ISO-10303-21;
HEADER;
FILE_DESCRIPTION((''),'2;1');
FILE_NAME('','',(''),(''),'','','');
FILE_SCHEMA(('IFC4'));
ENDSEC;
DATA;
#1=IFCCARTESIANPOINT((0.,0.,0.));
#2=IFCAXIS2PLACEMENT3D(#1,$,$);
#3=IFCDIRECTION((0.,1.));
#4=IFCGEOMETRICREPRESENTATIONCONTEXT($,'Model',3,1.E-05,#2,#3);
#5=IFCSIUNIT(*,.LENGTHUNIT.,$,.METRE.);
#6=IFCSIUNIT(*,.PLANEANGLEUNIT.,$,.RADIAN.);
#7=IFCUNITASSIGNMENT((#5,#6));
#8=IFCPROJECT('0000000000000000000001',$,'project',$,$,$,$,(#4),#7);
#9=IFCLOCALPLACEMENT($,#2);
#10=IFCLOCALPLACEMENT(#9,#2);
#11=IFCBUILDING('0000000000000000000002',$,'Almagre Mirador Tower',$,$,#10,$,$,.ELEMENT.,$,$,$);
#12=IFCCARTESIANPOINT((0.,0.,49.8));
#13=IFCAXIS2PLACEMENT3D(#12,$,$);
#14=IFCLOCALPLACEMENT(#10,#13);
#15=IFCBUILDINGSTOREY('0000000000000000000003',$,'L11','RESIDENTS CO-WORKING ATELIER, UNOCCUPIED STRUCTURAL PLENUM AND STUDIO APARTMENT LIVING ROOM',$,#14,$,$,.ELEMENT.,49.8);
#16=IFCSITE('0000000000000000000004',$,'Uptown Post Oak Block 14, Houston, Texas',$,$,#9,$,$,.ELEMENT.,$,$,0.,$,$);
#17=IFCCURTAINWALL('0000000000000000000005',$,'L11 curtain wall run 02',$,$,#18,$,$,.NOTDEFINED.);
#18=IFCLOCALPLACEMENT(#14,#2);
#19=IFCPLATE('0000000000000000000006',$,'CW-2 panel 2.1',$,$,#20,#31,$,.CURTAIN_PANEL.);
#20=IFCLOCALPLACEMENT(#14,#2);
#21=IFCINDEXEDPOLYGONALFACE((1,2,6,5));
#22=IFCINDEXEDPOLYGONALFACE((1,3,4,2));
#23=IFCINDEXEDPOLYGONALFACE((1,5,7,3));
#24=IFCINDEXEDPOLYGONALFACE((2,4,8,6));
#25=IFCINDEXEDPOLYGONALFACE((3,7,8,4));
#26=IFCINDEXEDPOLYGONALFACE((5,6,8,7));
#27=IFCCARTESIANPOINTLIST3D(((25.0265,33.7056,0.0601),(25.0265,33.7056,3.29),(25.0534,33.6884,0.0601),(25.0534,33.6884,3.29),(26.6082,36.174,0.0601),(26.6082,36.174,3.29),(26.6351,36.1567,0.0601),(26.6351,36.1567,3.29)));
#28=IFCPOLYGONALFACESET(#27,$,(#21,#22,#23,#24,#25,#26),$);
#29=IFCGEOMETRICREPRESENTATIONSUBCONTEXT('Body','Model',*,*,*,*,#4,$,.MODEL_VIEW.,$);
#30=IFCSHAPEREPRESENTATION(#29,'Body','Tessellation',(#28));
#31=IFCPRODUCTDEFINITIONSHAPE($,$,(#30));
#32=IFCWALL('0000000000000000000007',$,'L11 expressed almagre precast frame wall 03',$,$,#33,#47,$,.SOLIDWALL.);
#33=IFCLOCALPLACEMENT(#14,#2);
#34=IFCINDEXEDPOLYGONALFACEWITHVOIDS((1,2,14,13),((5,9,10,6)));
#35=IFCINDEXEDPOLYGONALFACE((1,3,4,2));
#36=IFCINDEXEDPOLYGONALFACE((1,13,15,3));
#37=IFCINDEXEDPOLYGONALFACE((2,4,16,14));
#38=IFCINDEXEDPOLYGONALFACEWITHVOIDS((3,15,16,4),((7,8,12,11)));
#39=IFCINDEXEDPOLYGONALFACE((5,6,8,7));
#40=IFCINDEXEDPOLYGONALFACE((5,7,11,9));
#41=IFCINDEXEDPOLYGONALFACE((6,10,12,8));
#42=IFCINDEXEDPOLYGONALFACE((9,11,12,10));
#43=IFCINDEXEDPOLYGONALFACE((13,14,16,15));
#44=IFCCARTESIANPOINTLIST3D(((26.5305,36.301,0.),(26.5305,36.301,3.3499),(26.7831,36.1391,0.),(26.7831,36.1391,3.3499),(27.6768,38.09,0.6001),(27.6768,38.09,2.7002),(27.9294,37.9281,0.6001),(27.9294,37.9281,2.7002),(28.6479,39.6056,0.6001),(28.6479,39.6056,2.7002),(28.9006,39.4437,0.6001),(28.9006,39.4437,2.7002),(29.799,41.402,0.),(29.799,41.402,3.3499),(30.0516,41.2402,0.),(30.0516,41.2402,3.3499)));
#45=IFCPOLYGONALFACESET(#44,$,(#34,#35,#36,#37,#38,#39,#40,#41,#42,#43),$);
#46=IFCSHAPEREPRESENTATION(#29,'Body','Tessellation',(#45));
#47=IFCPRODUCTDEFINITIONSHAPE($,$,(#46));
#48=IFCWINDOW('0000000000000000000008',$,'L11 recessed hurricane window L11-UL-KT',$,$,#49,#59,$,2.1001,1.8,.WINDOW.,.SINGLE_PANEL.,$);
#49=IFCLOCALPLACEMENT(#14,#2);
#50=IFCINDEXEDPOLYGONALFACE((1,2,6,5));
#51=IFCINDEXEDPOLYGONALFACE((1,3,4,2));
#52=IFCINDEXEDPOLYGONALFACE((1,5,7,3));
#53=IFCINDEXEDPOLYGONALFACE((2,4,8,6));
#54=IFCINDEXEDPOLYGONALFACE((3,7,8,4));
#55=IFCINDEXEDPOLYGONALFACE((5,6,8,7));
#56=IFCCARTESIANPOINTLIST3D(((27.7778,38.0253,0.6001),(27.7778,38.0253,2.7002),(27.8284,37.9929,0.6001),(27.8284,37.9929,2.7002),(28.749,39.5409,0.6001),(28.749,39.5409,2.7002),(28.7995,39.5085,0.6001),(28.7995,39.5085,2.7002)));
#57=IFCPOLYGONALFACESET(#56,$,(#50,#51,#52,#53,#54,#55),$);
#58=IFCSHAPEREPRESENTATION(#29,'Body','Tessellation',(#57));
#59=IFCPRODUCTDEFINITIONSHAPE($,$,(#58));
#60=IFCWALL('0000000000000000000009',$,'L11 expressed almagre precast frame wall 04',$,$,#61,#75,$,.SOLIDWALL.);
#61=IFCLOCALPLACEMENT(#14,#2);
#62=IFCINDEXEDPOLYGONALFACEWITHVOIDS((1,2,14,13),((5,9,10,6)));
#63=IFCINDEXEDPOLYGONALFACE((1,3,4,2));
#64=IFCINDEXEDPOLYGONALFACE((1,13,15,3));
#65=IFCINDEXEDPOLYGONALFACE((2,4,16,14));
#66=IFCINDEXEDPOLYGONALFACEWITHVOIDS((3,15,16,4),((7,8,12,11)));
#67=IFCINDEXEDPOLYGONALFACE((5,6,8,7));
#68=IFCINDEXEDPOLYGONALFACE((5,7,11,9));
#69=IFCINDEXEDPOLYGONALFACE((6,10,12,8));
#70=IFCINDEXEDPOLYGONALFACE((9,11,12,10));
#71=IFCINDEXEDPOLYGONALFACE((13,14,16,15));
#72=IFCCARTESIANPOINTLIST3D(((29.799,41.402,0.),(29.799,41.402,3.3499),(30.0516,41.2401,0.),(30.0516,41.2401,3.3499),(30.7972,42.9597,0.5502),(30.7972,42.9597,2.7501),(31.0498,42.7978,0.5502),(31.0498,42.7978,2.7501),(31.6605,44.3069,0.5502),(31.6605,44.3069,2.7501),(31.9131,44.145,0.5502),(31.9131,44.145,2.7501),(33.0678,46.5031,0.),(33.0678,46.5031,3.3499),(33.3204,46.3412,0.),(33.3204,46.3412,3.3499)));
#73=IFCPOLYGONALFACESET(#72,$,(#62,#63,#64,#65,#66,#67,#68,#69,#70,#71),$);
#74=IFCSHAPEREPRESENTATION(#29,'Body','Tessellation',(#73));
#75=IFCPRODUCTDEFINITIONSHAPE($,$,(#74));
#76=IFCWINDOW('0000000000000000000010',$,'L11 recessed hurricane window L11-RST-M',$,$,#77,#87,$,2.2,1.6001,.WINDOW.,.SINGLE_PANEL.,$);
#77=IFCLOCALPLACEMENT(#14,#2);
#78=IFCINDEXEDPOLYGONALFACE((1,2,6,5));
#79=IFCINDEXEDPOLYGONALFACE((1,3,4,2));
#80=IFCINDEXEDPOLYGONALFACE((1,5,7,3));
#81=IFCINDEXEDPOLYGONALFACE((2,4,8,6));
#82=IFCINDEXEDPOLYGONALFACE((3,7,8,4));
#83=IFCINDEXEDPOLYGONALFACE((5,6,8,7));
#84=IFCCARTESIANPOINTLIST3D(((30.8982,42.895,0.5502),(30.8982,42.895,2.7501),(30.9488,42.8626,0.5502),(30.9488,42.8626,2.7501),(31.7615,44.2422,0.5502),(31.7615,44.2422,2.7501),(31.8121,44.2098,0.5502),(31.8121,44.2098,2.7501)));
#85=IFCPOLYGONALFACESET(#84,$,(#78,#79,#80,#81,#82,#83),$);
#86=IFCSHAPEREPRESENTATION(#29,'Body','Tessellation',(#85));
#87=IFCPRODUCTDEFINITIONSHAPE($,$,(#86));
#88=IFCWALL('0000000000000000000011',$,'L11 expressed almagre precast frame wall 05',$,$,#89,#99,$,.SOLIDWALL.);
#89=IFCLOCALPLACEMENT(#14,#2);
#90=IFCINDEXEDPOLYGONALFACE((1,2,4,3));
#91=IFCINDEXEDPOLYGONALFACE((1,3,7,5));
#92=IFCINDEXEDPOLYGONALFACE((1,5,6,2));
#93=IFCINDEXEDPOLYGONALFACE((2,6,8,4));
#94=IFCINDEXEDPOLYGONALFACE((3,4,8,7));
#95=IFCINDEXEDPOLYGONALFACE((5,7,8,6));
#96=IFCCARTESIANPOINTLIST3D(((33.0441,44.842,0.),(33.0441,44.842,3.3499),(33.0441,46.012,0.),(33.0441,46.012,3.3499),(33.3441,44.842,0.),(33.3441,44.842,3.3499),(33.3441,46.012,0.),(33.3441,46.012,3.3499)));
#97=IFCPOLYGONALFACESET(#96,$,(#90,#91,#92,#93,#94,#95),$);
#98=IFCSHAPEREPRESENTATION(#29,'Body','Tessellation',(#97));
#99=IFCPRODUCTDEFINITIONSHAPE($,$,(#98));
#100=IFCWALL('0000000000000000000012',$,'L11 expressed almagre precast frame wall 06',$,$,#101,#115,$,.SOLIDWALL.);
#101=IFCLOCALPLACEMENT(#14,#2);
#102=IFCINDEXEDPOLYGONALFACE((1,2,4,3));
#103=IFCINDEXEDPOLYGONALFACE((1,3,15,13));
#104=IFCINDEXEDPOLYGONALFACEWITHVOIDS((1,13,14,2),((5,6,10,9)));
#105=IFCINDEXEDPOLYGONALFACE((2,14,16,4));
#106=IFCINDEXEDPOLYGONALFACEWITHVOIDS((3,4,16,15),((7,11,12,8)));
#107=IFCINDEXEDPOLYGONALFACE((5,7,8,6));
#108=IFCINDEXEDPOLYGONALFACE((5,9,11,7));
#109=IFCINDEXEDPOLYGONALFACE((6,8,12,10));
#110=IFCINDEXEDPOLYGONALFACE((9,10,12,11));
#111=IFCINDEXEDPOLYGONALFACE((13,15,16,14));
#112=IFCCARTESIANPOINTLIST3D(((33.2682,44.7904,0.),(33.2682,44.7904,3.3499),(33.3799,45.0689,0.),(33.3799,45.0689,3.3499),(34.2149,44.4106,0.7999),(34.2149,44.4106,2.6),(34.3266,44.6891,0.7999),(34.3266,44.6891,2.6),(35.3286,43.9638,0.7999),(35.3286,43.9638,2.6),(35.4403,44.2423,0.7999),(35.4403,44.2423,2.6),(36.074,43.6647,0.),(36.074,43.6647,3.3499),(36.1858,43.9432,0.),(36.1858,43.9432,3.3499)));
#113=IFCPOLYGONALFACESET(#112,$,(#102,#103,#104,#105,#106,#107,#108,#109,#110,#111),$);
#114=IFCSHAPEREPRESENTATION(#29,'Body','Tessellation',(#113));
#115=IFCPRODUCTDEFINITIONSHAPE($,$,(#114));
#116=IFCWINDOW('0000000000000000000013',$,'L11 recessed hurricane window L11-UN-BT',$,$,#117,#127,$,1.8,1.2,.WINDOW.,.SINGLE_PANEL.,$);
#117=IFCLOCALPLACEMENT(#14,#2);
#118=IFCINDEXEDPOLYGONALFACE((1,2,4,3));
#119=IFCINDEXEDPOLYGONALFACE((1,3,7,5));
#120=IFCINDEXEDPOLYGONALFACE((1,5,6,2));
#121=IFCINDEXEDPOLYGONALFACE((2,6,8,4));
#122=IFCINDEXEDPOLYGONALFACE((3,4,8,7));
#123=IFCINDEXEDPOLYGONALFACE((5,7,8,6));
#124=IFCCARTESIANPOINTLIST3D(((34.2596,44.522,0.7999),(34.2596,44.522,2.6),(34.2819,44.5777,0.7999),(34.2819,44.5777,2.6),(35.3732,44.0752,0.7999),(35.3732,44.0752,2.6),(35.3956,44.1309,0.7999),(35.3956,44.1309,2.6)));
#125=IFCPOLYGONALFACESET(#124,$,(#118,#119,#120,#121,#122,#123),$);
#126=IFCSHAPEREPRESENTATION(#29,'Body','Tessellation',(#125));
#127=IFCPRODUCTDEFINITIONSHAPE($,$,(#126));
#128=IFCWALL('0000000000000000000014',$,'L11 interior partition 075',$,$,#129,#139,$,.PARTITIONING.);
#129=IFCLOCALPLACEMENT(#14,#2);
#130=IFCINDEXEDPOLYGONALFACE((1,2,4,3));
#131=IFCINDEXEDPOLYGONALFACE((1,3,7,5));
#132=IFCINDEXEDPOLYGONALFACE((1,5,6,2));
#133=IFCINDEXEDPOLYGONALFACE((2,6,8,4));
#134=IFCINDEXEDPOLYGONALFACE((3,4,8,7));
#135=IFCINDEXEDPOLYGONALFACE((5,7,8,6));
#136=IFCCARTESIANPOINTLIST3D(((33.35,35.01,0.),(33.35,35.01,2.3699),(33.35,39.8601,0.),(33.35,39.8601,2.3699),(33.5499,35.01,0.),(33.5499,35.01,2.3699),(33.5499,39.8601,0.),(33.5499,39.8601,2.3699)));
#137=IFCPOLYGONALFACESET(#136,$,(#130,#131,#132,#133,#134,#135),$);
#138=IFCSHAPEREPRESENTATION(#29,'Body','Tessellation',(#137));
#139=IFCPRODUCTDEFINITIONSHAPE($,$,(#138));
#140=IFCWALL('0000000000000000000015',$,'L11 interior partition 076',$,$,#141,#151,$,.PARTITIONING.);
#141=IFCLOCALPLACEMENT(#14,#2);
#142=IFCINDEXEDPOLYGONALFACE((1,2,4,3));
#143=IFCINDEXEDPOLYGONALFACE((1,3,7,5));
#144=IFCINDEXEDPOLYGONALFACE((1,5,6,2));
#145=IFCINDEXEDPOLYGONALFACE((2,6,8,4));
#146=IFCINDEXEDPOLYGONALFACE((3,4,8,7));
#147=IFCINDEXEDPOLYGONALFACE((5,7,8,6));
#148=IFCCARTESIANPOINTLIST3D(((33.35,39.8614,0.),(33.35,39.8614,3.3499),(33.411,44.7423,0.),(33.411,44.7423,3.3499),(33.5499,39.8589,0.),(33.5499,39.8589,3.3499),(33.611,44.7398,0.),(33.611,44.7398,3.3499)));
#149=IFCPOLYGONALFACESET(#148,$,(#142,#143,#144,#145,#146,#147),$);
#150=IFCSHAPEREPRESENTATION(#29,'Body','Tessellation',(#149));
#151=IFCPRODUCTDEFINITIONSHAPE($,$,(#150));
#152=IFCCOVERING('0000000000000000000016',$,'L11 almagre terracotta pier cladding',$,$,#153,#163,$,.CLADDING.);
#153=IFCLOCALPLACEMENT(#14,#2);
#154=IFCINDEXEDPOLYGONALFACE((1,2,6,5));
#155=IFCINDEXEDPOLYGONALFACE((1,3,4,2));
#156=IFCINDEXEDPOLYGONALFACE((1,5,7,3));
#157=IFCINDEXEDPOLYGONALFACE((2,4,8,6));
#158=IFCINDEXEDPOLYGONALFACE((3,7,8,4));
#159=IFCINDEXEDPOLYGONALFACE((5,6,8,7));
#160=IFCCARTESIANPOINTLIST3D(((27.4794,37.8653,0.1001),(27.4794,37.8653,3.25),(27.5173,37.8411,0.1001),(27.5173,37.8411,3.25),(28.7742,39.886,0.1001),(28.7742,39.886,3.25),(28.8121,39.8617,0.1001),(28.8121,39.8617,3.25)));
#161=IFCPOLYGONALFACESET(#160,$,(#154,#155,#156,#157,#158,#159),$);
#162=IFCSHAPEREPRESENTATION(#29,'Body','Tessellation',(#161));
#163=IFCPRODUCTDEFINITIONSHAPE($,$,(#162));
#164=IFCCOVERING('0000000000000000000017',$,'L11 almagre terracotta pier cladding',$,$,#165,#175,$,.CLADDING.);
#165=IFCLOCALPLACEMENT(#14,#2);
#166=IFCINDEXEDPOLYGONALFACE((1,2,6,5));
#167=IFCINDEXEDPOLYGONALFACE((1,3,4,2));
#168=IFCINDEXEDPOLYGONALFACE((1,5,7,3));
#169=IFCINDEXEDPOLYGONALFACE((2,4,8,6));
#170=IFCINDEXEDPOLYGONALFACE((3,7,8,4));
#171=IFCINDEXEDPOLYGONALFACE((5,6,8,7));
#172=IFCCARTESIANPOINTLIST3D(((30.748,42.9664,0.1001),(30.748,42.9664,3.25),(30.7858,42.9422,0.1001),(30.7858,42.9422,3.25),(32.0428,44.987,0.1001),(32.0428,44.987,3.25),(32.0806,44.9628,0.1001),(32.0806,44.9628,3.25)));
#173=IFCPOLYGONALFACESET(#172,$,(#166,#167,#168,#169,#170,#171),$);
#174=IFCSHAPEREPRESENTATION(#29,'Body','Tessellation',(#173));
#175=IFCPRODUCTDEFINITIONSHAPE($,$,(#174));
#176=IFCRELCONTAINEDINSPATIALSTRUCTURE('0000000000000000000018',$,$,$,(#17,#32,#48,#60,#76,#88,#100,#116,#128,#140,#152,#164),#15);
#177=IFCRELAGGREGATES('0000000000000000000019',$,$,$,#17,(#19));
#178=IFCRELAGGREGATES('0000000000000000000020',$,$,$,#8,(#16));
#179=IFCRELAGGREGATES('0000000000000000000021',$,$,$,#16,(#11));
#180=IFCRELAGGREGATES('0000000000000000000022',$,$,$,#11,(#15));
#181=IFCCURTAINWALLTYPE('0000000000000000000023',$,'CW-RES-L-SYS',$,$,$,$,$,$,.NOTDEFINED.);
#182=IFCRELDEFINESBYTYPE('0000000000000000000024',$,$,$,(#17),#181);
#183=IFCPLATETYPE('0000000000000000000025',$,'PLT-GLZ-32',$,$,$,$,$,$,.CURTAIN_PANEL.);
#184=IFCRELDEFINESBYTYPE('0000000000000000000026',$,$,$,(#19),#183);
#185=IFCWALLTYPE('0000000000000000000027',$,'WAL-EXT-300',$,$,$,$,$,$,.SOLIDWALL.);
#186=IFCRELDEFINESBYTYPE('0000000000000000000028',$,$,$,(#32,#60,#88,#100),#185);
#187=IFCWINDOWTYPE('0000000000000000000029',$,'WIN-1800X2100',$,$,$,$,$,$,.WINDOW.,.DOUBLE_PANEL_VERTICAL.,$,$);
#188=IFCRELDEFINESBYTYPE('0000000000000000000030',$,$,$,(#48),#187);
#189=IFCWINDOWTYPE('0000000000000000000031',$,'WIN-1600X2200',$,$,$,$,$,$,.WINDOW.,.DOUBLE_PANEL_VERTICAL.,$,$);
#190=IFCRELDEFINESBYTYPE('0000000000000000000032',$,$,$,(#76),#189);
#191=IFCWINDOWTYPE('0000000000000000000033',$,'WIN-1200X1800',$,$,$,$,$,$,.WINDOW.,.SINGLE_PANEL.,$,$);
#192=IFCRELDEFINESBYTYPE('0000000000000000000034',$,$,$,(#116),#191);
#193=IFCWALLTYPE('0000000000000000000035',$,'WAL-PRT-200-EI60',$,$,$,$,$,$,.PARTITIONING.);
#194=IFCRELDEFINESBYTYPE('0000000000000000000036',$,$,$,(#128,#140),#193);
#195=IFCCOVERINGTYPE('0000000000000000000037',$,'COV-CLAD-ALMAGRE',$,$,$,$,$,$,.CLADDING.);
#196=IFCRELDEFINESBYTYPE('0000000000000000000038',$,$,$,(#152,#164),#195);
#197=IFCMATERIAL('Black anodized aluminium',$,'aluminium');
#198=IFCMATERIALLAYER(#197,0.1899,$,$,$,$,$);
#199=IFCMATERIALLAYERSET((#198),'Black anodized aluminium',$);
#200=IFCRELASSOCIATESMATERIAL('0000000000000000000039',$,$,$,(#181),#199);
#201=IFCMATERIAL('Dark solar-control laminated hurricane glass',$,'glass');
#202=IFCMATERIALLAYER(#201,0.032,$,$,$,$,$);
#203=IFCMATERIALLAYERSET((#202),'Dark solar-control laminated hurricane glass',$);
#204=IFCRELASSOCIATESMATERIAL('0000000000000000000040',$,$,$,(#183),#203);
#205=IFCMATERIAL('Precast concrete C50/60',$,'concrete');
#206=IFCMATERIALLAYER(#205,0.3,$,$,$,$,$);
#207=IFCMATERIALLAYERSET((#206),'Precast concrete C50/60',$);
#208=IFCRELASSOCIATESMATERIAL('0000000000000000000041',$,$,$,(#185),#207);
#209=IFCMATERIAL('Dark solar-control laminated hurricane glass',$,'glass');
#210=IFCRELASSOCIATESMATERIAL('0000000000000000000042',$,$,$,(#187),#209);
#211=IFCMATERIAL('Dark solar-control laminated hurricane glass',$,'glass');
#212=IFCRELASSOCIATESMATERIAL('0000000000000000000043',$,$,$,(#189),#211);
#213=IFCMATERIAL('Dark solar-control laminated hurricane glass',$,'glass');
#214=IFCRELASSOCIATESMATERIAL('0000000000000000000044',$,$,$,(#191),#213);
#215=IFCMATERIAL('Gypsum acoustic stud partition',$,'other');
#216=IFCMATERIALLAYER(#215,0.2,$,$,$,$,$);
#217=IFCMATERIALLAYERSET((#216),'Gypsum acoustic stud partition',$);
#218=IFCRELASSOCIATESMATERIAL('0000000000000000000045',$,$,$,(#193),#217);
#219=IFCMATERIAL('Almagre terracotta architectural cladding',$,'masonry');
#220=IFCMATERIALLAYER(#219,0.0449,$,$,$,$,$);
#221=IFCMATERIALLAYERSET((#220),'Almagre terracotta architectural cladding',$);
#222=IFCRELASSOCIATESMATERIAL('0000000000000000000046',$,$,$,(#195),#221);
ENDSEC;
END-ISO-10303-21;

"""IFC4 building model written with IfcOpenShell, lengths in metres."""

from ifc_helpers import new_model, si_unit, direction, frame, frame_2d, origin, origin_2d, place, context, subcontext, project, spatial, rectangle, extrude, material, layer, layer_set, type_object, element, fill, aggregate, save


model = new_model("IFC4")

# Units and contexts
model_context = context("Model", 3, precision=1e-05, world=origin(), true_north=direction((0.0, 1.0)))
body_context = subcontext(model_context, "Body", "Model", "MODEL_VIEW")
ifc_project = project(units=[si_unit("LENGTHUNIT", "METRE"), si_unit("PLANEANGLEUNIT", "RADIAN")], contexts=[model_context])

# Site, building, storey
site_placement = place(None, origin())
site = spatial("IfcSite", under=ifc_project, at=site_placement, Name="Uptown Post Oak Block 14, Houston, Texas", CompositionType="ELEMENT", RefElevation=0.0)
building_placement = place(site_placement, origin())
building = spatial("IfcBuilding", under=site, at=building_placement, Name="Almagre Mirador Tower", CompositionType="ELEMENT")
storey_placement = place(building_placement, frame((0.0, 0.0, 49.8)))
storey = spatial("IfcBuildingStorey", under=building, at=storey_placement, Name="L11", Description="RESIDENTS CO-WORKING ATELIER, UNOCCUPIED STRUCTURAL PLENUM AND STUDIO APARTMENT LIVING ROOM", CompositionType="ELEMENT", Elevation=49.8)

# Curtain wall, plate
ifc_material_1 = material(Name="Black anodized aluminium", Category="aluminium")
ifc_layer_1 = layer(ifc_material_1, 0.1899)
ifc_layer_set_1 = layer_set([ifc_layer_1], Name="Black anodized aluminium")
curtain_wall_type = type_object("IfcCurtainWallType", Name="CW-RES-L-SYS", PredefinedType="NOTDEFINED", material=ifc_layer_set_1)
curtain_wall_placement = place(storey_placement, origin())
curtain_wall = element("IfcCurtainWall", 1, at=curtain_wall_placement, inside=storey, type_object=curtain_wall_type, Name="L11 curtain wall run 02", PredefinedType="NOTDEFINED")
ifc_material_2 = material(Name="Dark solar-control laminated hurricane glass", Category="glass")
ifc_layer_2 = layer(ifc_material_2, 0.032)
ifc_layer_set_2 = layer_set([ifc_layer_2], Name="Dark solar-control laminated hurricane glass")
plate_type = type_object("IfcPlateType", Name="PLT-GLZ-32", PredefinedType="CURTAIN_PANEL", material=ifc_layer_set_2)
plate_placement = place(storey_placement, frame((25.8308, 34.9312, 0.0601), z_axis=(0.0, 0.0, 1.0), x_axis=(0.539529, 0.841967, 0.0)))
plate = element("IfcPlate", 2, at=plate_placement, type_object=plate_type, Name="CW-2 panel 2.1", PredefinedType="CURTAIN_PANEL", context=body_context, shape_type="SweptSolid", body=[
    extrude(rectangle(XDim=2.9316, YDim=0.032, at=origin_2d()), origin(), (0.0, 0.0, 1.0), 3.23),
])
aggregate(curtain_wall, [plate])

# Walls, openings, windows
ifc_material_3 = material(Name="Precast concrete C50/60", Category="concrete")
ifc_layer_3 = layer(ifc_material_3, 0.3)
ifc_layer_set_3 = layer_set([ifc_layer_3], Name="Precast concrete C50/60")
wall_type_1 = type_object("IfcWallType", Name="WAL-EXT-300", PredefinedType="SOLIDWALL", material=ifc_layer_set_3)
wall_1_placement = place(storey_placement, frame((26.6567, 36.22, 0.0), z_axis=(0.0, 0.0, 1.0), x_axis=(0.539506, 0.841981, 0.0)))
wall_1 = element("IfcWall", 3, at=wall_1_placement, inside=storey, type_object=wall_type_1, Name="L11 expressed almagre precast frame wall 03", PredefinedType="SOLIDWALL", context=body_context, shape_type="SweptSolid", body=[
    extrude(rectangle(XDim=6.0583, YDim=0.3, at=frame_2d((3.0293, 0.0))), origin(), (0.0, 0.0, 1.0), 3.3499),
])
opening_1_placement = place(wall_1_placement, frame((2.125, 0.0, 0.6001)))
opening_1 = element("IfcOpeningElement", 4, at=opening_1_placement, cuts=wall_1, PredefinedType="OPENING", context=body_context, shape_type="SweptSolid", body=[
    extrude(rectangle(XDim=1.8, YDim=2.1001, at=frame_2d((0.8999, 1.05))), frame((0.0, 0.1599, 0.0), z_axis=(0.0, -1.0, 0.0), x_axis=(1.0, 0.0, 0.0)), (0.0, 0.0, 1.0), 0.32),
])
ifc_material_4 = material(Name="Dark solar-control laminated hurricane glass", Category="glass")
window_type_1 = type_object("IfcWindowType", Name="WIN-1800X2100", PartitioningType="DOUBLE_PANEL_VERTICAL", PredefinedType="WINDOW", material=ifc_material_4)
window_1_placement = place(opening_1_placement, origin())
window_1 = element("IfcWindow", 5, at=window_1_placement, inside=storey, type_object=window_type_1, Name="L11 recessed hurricane window L11-UL-KT", OverallHeight=2.1001, OverallWidth=1.8, PartitioningType="SINGLE_PANEL", PredefinedType="WINDOW", context=body_context, shape_type="SweptSolid", body=[
    extrude(rectangle(XDim=1.8, YDim=2.1001, at=frame_2d((0.8999, 1.05))), frame((0.0, 0.03, 0.0), z_axis=(0.0, -1.0, 0.0), x_axis=(1.0, 0.0, 0.0)), (0.0, 0.0, 1.0), 0.0601),
])
fill(opening_1, window_1)
wall_2_placement = place(storey_placement, frame((29.9253, 41.321, 0.0), z_axis=(0.0, 0.0, 1.0), x_axis=(0.539535, 0.841963, 0.0)))
wall_2 = element("IfcWall", 6, at=wall_2_placement, inside=storey, type_object=wall_type_1, Name="L11 expressed almagre precast frame wall 04", PredefinedType="SOLIDWALL", context=body_context, shape_type="SweptSolid", body=[
    extrude(rectangle(XDim=6.0586, YDim=0.3, at=frame_2d((3.0293, 0.0))), origin(), (0.0, 0.0, 1.0), 3.3499),
])
opening_2_placement = place(wall_2_placement, frame((1.8501, 0.0, 0.55)))
opening_2 = element("IfcOpeningElement", 7, at=opening_2_placement, cuts=wall_2, PredefinedType="OPENING", context=body_context, shape_type="SweptSolid", body=[
    extrude(rectangle(XDim=1.6001, YDim=2.2, at=frame_2d((0.8, 1.1001))), frame((0.0, 0.1599, 0.0), z_axis=(0.0, -1.0, 0.0), x_axis=(1.0, 0.0, 0.0)), (0.0, 0.0, 1.0), 0.32),
])
ifc_material_5 = material(Name="Dark solar-control laminated hurricane glass", Category="glass")
window_type_2 = type_object("IfcWindowType", Name="WIN-1600X2200", PartitioningType="DOUBLE_PANEL_VERTICAL", PredefinedType="WINDOW", material=ifc_material_5)
window_2_placement = place(opening_2_placement, origin())
window_2 = element("IfcWindow", 8, at=window_2_placement, inside=storey, type_object=window_type_2, Name="L11 recessed hurricane window L11-RST-M", OverallHeight=2.2, OverallWidth=1.6001, PartitioningType="SINGLE_PANEL", PredefinedType="WINDOW", context=body_context, shape_type="SweptSolid", body=[
    extrude(rectangle(XDim=1.6001, YDim=2.2, at=frame_2d((0.8, 1.1001))), frame((0.0, 0.03, 0.0), z_axis=(0.0, -1.0, 0.0), x_axis=(1.0, 0.0, 0.0)), (0.0, 0.0, 1.0), 0.0601),
])
fill(opening_2, window_2)

# Wall
wall_3_placement = place(storey_placement, frame((33.1941, 46.012, 0.0), z_axis=(0.0, 0.0, 1.0), x_axis=(0.0, -1.0, 0.0)))
element("IfcWall", 9, at=wall_3_placement, inside=storey, type_object=wall_type_1, Name="L11 expressed almagre precast frame wall 05", PredefinedType="SOLIDWALL", context=body_context, shape_type="SweptSolid", body=[
    extrude(rectangle(XDim=1.1699, YDim=0.3, at=frame_2d((0.585, 0.0))), origin(), (0.0, 0.0, 1.0), 3.3499),
])

# Wall, opening, window
wall_4_placement = place(storey_placement, frame((33.324, 44.9297, 0.0), z_axis=(0.0, 0.0, 1.0), x_axis=(0.928092, -0.372351, 0.0)))
wall_4 = element("IfcWall", 10, at=wall_4_placement, inside=storey, type_object=wall_type_1, Name="L11 expressed almagre precast frame wall 06", PredefinedType="SOLIDWALL", context=body_context, shape_type="SweptSolid", body=[
    extrude(rectangle(XDim=3.0232, YDim=0.3, at=frame_2d((1.5117, 0.0))), origin(), (0.0, 0.0, 1.0), 3.3499),
])
opening_3_placement = place(wall_4_placement, frame((1.02, 0.0, 0.8)))
opening_3 = element("IfcOpeningElement", 11, at=opening_3_placement, cuts=wall_4, PredefinedType="OPENING", context=body_context, shape_type="SweptSolid", body=[
    extrude(rectangle(XDim=1.2, YDim=1.8, at=frame_2d((0.6001, 0.8999))), frame((0.0, 0.1599, 0.0), z_axis=(0.0, -1.0, 0.0), x_axis=(1.0, 0.0, 0.0)), (0.0, 0.0, 1.0), 0.32),
])
ifc_material_6 = material(Name="Dark solar-control laminated hurricane glass", Category="glass")
window_type_3 = type_object("IfcWindowType", Name="WIN-1200X1800", PartitioningType="SINGLE_PANEL", PredefinedType="WINDOW", material=ifc_material_6)
window_3_placement = place(opening_3_placement, origin())
window_3 = element("IfcWindow", 12, at=window_3_placement, inside=storey, type_object=window_type_3, Name="L11 recessed hurricane window L11-UN-BT", OverallHeight=1.8, OverallWidth=1.2, PartitioningType="SINGLE_PANEL", PredefinedType="WINDOW", context=body_context, shape_type="SweptSolid", body=[
    extrude(rectangle(XDim=1.2, YDim=1.8, at=frame_2d((0.6001, 0.8999))), frame((0.0, 0.03, 0.0), z_axis=(0.0, -1.0, 0.0), x_axis=(1.0, 0.0, 0.0)), (0.0, 0.0, 1.0), 0.0601),
])
fill(opening_3, window_3)

# Walls
ifc_material_7 = material(Name="Gypsum acoustic stud partition", Category="other")
ifc_layer_4 = layer(ifc_material_7, 0.2)
ifc_layer_set_4 = layer_set([ifc_layer_4], Name="Gypsum acoustic stud partition")
wall_type_2 = type_object("IfcWallType", Name="WAL-PRT-200-EI60", PredefinedType="PARTITIONING", material=ifc_layer_set_4)
wall_5_placement = place(storey_placement, frame((33.45, 35.01, 0.0), z_axis=(0.0, 0.0, 1.0), x_axis=(0.0, 1.0, 0.0)))
element("IfcWall", 13, at=wall_5_placement, inside=storey, type_object=wall_type_2, Name="L11 interior partition 075", PredefinedType="PARTITIONING", context=body_context, shape_type="SweptSolid", body=[
    extrude(rectangle(XDim=4.8501, YDim=0.2, at=frame_2d((2.425, 0.0))), origin(), (0.0, 0.0, 1.0), 2.3699),
])
wall_6_placement = place(storey_placement, frame((33.45, 39.8601, 0.0), z_axis=(0.0, 0.0, 1.0), x_axis=(0.012504, 0.999922, 0.0)))
element("IfcWall", 14, at=wall_6_placement, inside=storey, type_object=wall_type_2, Name="L11 interior partition 076", PredefinedType="PARTITIONING", context=body_context, shape_type="SweptSolid", body=[
    extrude(rectangle(XDim=4.8813, YDim=0.2, at=frame_2d((2.4407, 0.0))), origin(), (0.0, 0.0, 1.0), 3.3499),
])

# Coverings
ifc_material_8 = material(Name="Almagre terracotta architectural cladding", Category="masonry")
ifc_layer_5 = layer(ifc_material_8, 0.0449)
ifc_layer_set_5 = layer_set([ifc_layer_5], Name="Almagre terracotta architectural cladding")
covering_type = type_object("IfcCoveringType", Name="COV-CLAD-ALMAGRE", PredefinedType="CLADDING", material=ifc_layer_set_5)
for number, where, z_axis, x_axis, name in (
    (15, (28.1458, 38.8635, 0.1001), (0.0, 0.0, 1.0), (0.53952, 0.841972, 0.0), "L11 almagre terracotta pier cladding"),
    (16, (31.4143, 43.9646, 0.1001), (0.0, 0.0, 1.0), (0.539535, 0.841963, 0.0), "L11 almagre terracotta pier cladding"),
):
    element("IfcCovering", number, at=place(storey_placement, frame(where, z_axis=z_axis, x_axis=x_axis)), inside=storey, type_object=covering_type, Name=name, PredefinedType="CLADDING", context=body_context, shape_type="SweptSolid", body=[
        extrude(rectangle(XDim=2.3999, YDim=0.0449, at=origin_2d()), origin(), (0.0, 0.0, 1.0), 3.1499),
    ])

save(model, "model.ifc")
